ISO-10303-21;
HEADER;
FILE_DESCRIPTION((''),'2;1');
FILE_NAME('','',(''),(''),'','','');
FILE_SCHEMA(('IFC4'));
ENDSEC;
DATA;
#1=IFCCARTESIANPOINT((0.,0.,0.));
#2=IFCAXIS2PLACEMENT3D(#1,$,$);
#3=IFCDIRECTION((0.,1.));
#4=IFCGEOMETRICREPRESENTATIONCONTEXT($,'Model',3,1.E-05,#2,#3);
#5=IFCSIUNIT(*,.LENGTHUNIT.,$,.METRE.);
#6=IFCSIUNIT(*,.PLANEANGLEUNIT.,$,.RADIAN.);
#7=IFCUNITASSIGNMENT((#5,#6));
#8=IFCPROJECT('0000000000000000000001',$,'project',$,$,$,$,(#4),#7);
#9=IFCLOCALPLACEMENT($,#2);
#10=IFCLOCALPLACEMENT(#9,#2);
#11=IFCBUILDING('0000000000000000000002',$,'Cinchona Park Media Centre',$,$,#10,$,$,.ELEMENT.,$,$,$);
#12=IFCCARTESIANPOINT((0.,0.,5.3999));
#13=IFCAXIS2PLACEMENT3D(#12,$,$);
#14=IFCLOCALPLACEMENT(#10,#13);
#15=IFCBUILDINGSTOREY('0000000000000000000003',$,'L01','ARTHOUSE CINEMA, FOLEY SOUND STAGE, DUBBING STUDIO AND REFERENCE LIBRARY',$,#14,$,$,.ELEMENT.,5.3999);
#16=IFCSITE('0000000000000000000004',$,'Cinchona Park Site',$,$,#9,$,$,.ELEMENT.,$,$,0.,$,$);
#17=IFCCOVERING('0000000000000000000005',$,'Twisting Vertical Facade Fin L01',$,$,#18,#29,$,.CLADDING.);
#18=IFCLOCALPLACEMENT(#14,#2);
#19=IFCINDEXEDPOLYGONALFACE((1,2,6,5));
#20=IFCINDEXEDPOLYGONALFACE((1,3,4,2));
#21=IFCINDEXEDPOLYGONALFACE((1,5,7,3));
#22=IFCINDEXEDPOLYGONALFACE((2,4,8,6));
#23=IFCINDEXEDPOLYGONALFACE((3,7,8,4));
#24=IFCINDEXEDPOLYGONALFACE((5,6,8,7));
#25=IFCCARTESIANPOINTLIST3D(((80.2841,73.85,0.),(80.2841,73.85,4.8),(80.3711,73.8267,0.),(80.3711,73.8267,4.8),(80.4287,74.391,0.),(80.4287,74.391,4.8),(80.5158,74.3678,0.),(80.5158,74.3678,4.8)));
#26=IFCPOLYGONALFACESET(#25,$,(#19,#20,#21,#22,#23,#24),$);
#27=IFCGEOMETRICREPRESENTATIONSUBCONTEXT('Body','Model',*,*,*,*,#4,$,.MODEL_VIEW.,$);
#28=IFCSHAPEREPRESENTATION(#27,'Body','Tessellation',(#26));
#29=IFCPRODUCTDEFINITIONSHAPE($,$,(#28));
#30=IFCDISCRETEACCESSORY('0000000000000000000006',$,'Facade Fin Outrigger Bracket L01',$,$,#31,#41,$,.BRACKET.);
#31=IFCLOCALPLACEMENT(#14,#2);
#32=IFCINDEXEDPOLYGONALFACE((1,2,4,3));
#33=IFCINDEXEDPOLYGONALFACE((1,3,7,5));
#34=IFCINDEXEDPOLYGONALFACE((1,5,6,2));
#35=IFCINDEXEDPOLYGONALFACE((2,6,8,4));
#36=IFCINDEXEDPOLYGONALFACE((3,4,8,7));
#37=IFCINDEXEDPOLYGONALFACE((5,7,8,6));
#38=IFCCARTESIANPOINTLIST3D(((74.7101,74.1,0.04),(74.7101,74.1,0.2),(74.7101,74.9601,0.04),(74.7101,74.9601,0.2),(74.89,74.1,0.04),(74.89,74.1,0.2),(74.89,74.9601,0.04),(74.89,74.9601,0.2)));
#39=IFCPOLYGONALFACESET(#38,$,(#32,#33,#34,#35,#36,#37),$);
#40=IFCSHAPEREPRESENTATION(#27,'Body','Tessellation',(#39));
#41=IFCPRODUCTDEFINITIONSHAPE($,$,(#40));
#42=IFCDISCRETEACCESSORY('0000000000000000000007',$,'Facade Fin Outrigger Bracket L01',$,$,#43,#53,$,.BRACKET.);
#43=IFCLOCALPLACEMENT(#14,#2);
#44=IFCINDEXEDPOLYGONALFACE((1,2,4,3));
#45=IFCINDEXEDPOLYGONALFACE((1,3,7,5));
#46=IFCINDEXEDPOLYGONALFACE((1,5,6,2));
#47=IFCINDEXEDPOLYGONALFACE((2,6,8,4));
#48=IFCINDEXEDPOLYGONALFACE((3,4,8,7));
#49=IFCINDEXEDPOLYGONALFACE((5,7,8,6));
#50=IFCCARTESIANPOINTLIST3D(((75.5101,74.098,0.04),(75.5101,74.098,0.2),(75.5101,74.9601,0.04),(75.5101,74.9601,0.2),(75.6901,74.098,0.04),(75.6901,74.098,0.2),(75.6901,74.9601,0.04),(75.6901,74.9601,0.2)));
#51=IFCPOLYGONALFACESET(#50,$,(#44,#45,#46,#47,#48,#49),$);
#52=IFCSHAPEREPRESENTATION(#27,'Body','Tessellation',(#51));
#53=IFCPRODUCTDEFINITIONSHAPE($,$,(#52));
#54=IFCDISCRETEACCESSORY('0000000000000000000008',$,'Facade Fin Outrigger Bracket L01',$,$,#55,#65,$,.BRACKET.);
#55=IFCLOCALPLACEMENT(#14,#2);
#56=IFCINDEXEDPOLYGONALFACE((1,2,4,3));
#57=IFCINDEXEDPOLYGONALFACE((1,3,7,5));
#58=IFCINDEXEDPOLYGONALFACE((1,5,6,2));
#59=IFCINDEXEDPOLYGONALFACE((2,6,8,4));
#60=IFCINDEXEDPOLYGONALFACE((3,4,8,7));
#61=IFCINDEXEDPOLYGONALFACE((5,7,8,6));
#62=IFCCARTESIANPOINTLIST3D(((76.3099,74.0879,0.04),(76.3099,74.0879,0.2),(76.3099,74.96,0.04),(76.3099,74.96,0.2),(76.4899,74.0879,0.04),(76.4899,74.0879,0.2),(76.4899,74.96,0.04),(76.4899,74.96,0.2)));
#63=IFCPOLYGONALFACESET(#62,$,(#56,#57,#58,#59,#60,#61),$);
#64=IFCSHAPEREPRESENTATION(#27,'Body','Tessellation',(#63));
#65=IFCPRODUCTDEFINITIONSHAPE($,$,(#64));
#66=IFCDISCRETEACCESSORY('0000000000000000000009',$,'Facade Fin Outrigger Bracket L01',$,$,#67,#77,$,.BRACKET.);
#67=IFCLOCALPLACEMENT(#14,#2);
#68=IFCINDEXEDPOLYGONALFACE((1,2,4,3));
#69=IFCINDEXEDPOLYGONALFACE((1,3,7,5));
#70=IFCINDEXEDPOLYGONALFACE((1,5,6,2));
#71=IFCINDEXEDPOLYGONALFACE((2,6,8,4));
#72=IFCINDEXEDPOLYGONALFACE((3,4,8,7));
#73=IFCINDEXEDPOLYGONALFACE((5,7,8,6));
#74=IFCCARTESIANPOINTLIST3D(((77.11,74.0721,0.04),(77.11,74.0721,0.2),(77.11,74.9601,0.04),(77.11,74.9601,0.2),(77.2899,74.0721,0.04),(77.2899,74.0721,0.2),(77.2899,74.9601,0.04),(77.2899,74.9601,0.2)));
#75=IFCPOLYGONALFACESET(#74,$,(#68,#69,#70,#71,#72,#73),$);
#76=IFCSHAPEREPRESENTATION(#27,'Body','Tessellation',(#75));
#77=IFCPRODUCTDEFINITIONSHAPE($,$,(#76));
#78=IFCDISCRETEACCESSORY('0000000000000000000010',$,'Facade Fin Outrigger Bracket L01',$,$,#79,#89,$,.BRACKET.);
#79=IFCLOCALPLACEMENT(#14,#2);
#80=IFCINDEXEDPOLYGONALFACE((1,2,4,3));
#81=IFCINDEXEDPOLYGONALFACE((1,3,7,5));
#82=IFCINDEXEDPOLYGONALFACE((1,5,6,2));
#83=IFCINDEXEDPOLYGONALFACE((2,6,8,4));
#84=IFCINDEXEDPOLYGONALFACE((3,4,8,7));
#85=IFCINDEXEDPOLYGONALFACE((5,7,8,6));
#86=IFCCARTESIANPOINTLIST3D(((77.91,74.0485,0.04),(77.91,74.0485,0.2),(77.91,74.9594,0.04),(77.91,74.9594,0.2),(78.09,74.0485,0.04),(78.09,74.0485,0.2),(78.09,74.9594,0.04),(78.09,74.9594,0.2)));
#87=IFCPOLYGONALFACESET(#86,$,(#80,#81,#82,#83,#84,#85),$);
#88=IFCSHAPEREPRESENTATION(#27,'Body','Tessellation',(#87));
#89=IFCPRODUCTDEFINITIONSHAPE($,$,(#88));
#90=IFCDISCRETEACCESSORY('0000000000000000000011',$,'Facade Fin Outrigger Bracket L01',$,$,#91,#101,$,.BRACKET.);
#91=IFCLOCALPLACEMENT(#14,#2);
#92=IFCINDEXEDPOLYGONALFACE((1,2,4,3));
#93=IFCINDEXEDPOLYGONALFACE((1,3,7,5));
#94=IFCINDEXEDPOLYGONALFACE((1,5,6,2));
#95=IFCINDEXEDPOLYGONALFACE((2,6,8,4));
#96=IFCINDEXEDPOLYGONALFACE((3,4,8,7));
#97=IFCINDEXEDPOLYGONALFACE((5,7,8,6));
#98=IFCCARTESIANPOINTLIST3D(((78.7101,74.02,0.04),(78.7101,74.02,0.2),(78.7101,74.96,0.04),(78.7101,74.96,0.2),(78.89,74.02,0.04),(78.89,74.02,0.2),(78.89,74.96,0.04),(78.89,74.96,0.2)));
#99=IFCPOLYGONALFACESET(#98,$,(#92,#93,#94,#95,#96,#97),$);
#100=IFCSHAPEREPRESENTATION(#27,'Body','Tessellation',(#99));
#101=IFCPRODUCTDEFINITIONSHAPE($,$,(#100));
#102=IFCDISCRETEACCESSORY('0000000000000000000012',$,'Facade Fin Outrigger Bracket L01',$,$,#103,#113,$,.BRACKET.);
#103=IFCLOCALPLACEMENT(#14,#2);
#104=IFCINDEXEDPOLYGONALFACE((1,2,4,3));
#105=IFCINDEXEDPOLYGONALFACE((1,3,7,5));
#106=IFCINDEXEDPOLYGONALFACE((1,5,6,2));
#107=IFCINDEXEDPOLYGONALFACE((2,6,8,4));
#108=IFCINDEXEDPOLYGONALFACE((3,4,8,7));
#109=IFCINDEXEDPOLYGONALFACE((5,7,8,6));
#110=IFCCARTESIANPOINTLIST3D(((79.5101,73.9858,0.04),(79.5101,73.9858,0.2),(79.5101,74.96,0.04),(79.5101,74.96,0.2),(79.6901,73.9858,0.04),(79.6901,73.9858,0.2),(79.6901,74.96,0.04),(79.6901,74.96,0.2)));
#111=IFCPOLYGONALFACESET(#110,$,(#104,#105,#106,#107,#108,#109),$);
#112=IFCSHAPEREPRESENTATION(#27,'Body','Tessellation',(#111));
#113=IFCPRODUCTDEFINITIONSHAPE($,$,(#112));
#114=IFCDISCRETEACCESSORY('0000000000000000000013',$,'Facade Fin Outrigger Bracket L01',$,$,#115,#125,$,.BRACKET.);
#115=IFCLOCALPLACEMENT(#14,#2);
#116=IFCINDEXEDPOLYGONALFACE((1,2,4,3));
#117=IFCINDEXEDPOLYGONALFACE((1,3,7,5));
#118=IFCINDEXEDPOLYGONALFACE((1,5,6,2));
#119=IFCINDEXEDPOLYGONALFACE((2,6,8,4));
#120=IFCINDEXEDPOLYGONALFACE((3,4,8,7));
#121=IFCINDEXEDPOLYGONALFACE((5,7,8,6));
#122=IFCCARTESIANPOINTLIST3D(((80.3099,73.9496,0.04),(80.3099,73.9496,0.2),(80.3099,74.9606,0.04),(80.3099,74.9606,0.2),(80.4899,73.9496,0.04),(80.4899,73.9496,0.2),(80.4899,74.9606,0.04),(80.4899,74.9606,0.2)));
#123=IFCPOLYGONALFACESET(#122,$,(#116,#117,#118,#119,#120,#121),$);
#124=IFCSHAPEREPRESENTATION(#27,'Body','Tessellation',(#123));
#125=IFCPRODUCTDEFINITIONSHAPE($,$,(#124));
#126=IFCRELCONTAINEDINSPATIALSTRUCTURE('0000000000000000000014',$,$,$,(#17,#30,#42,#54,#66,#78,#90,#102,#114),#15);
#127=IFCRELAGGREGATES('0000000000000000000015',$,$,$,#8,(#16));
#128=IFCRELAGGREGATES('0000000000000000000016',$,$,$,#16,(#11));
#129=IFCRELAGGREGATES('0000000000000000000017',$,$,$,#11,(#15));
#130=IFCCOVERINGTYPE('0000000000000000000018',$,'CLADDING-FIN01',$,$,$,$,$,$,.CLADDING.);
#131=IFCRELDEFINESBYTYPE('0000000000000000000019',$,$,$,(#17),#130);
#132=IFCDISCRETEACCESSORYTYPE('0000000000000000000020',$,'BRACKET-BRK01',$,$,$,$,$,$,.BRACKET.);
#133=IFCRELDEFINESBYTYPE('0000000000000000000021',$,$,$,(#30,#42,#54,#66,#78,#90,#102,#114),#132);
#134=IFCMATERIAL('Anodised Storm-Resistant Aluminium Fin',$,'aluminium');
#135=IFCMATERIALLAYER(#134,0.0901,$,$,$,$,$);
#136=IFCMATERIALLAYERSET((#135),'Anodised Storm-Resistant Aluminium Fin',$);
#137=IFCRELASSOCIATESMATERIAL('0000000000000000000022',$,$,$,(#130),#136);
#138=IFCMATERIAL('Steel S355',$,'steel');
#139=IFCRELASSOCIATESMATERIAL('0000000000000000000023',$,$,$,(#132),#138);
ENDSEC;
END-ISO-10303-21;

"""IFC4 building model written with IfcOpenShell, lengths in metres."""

from ifc_helpers import new_model, si_unit, direction, frame, origin, origin_2d, place, context, subcontext, project, spatial, rectangle, extrude, material, layer, layer_set, type_object, element, save


model = new_model("IFC4")

# Units and contexts
model_context = context("Model", 3, precision=1e-05, world=origin(), true_north=direction((0.0, 1.0)))
body_context = subcontext(model_context, "Body", "Model", "MODEL_VIEW")
ifc_project = project(units=[si_unit("LENGTHUNIT", "METRE"), si_unit("PLANEANGLEUNIT", "RADIAN")], contexts=[model_context])

# Site, building, storey
site_placement = place(None, origin())
site = spatial("IfcSite", under=ifc_project, at=site_placement, Name="Cinchona Park Site", CompositionType="ELEMENT", RefElevation=0.0)
building_placement = place(site_placement, origin())
building = spatial("IfcBuilding", under=site, at=building_placement, Name="Cinchona Park Media Centre", CompositionType="ELEMENT")
storey_placement = place(building_placement, frame((0.0, 0.0, 5.3999)))
storey = spatial("IfcBuildingStorey", under=building, at=storey_placement, Name="L01", Description="ARTHOUSE CINEMA, FOLEY SOUND STAGE, DUBBING STUDIO AND REFERENCE LIBRARY", CompositionType="ELEMENT", Elevation=5.3999)

# Covering
ifc_material_1 = material(Name="Anodised Storm-Resistant Aluminium Fin", Category="aluminium")
ifc_layer_1 = layer(ifc_material_1, 0.0901)
ifc_layer_set_1 = layer_set([ifc_layer_1], Name="Anodised Storm-Resistant Aluminium Fin")
covering_type = type_object("IfcCoveringType", Name="CLADDING-FIN01", PredefinedType="CLADDING", material=ifc_layer_set_1)
for number, where, z_axis, x_axis, name in (
    (1, (80.3999, 74.1089, 0.0), (0.0, 0.0, 1.0), (0.258313, 0.966061, 0.0), "Twisting Vertical Facade Fin L01"),
):
    element("IfcCovering", number, at=place(storey_placement, frame(where, z_axis=z_axis, x_axis=x_axis)), inside=storey, type_object=covering_type, Name=name, PredefinedType="CLADDING", context=body_context, shape_type="SweptSolid", body=[
        extrude(rectangle(XDim=0.5601, YDim=0.0901, at=origin_2d()), origin(), (0.0, 0.0, 1.0), 4.8),
    ])

# Discrete accessories
ifc_material_2 = material(Name="Steel S355", Category="steel")
discrete_accessory_type = type_object("IfcDiscreteAccessoryType", Name="BRACKET-BRK01", PredefinedType="BRACKET", material=ifc_material_2)
discrete_accessory_1_placement = place(storey_placement, frame((74.8, 74.53, 0.04), z_axis=(0.0, 0.0, 1.0), x_axis=(1.0, 0.0, 0.0)))
element("IfcDiscreteAccessory", 2, at=discrete_accessory_1_placement, inside=storey, type_object=discrete_accessory_type, Name="Facade Fin Outrigger Bracket L01", PredefinedType="BRACKET", context=body_context, shape_type="SweptSolid", body=[
    extrude(rectangle(XDim=0.1799, YDim=0.8601, at=origin_2d()), origin(), (0.0, 0.0, 1.0), 0.1599),
])
discrete_accessory_2_placement = place(storey_placement, frame((75.6001, 74.5291, 0.04), z_axis=(0.0, 0.0, 1.0), x_axis=(1.0, 0.0, 0.0)))
element("IfcDiscreteAccessory", 3, at=discrete_accessory_2_placement, inside=storey, type_object=discrete_accessory_type, Name="Facade Fin Outrigger Bracket L01", PredefinedType="BRACKET", context=body_context, shape_type="SweptSolid", body=[
    extrude(rectangle(XDim=0.1799, YDim=0.8621, at=origin_2d()), origin(), (0.0, 0.0, 1.0), 0.1599),
])
discrete_accessory_3_placement = place(storey_placement, frame((76.3999, 74.5239, 0.04), z_axis=(0.0, 0.0, 1.0), x_axis=(1.0, 0.0, 0.0)))
element("IfcDiscreteAccessory", 4, at=discrete_accessory_3_placement, inside=storey, type_object=discrete_accessory_type, Name="Facade Fin Outrigger Bracket L01", PredefinedType="BRACKET", context=body_context, shape_type="SweptSolid", body=[
    extrude(rectangle(XDim=0.1799, YDim=0.8721, at=origin_2d()), origin(), (0.0, 0.0, 1.0), 0.1599),
])
discrete_accessory_4_placement = place(storey_placement, frame((77.2, 74.5161, 0.04), z_axis=(0.0, 0.0, 1.0), x_axis=(1.0, 0.0, 0.0)))
element("IfcDiscreteAccessory", 5, at=discrete_accessory_4_placement, inside=storey, type_object=discrete_accessory_type, Name="Facade Fin Outrigger Bracket L01", PredefinedType="BRACKET", context=body_context, shape_type="SweptSolid", body=[
    extrude(rectangle(XDim=0.1799, YDim=0.8879, at=origin_2d()), origin(), (0.0, 0.0, 1.0), 0.1599),
])
discrete_accessory_5_placement = place(storey_placement, frame((78.0, 74.5039, 0.04), z_axis=(0.0, 0.0, 1.0), x_axis=(1.0, 0.0, 0.0)))
element("IfcDiscreteAccessory", 6, at=discrete_accessory_5_placement, inside=storey, type_object=discrete_accessory_type, Name="Facade Fin Outrigger Bracket L01", PredefinedType="BRACKET", context=body_context, shape_type="SweptSolid", body=[
    extrude(rectangle(XDim=0.1799, YDim=0.9109, at=origin_2d()), origin(), (0.0, 0.0, 1.0), 0.1599),
])
discrete_accessory_6_placement = place(storey_placement, frame((78.8, 74.49, 0.04), z_axis=(0.0, 0.0, 1.0), x_axis=(1.0, 0.0, 0.0)))
element("IfcDiscreteAccessory", 7, at=discrete_accessory_6_placement, inside=storey, type_object=discrete_accessory_type, Name="Facade Fin Outrigger Bracket L01", PredefinedType="BRACKET", context=body_context, shape_type="SweptSolid", body=[
    extrude(rectangle(XDim=0.1799, YDim=0.9399, at=origin_2d()), origin(), (0.0, 0.0, 1.0), 0.1599),
])
discrete_accessory_7_placement = place(storey_placement, frame((79.6001, 74.4729, 0.04), z_axis=(0.0, 0.0, 1.0), x_axis=(1.0, 0.0, 0.0)))
element("IfcDiscreteAccessory", 8, at=discrete_accessory_7_placement, inside=storey, type_object=discrete_accessory_type, Name="Facade Fin Outrigger Bracket L01", PredefinedType="BRACKET", context=body_context, shape_type="SweptSolid", body=[
    extrude(rectangle(XDim=0.1799, YDim=0.9741, at=origin_2d()), origin(), (0.0, 0.0, 1.0), 0.1599),
])
discrete_accessory_8_placement = place(storey_placement, frame((80.3999, 74.4551, 0.04), z_axis=(0.0, 0.0, 1.0), x_axis=(1.0, 0.0, 0.0)))
element("IfcDiscreteAccessory", 9, at=discrete_accessory_8_placement, inside=storey, type_object=discrete_accessory_type, Name="Facade Fin Outrigger Bracket L01", PredefinedType="BRACKET", context=body_context, shape_type="SweptSolid", body=[
    extrude(rectangle(XDim=0.1799, YDim=1.011, at=origin_2d()), origin(), (0.0, 0.0, 1.0), 0.1599),
])

save(model, "model.ifc")
